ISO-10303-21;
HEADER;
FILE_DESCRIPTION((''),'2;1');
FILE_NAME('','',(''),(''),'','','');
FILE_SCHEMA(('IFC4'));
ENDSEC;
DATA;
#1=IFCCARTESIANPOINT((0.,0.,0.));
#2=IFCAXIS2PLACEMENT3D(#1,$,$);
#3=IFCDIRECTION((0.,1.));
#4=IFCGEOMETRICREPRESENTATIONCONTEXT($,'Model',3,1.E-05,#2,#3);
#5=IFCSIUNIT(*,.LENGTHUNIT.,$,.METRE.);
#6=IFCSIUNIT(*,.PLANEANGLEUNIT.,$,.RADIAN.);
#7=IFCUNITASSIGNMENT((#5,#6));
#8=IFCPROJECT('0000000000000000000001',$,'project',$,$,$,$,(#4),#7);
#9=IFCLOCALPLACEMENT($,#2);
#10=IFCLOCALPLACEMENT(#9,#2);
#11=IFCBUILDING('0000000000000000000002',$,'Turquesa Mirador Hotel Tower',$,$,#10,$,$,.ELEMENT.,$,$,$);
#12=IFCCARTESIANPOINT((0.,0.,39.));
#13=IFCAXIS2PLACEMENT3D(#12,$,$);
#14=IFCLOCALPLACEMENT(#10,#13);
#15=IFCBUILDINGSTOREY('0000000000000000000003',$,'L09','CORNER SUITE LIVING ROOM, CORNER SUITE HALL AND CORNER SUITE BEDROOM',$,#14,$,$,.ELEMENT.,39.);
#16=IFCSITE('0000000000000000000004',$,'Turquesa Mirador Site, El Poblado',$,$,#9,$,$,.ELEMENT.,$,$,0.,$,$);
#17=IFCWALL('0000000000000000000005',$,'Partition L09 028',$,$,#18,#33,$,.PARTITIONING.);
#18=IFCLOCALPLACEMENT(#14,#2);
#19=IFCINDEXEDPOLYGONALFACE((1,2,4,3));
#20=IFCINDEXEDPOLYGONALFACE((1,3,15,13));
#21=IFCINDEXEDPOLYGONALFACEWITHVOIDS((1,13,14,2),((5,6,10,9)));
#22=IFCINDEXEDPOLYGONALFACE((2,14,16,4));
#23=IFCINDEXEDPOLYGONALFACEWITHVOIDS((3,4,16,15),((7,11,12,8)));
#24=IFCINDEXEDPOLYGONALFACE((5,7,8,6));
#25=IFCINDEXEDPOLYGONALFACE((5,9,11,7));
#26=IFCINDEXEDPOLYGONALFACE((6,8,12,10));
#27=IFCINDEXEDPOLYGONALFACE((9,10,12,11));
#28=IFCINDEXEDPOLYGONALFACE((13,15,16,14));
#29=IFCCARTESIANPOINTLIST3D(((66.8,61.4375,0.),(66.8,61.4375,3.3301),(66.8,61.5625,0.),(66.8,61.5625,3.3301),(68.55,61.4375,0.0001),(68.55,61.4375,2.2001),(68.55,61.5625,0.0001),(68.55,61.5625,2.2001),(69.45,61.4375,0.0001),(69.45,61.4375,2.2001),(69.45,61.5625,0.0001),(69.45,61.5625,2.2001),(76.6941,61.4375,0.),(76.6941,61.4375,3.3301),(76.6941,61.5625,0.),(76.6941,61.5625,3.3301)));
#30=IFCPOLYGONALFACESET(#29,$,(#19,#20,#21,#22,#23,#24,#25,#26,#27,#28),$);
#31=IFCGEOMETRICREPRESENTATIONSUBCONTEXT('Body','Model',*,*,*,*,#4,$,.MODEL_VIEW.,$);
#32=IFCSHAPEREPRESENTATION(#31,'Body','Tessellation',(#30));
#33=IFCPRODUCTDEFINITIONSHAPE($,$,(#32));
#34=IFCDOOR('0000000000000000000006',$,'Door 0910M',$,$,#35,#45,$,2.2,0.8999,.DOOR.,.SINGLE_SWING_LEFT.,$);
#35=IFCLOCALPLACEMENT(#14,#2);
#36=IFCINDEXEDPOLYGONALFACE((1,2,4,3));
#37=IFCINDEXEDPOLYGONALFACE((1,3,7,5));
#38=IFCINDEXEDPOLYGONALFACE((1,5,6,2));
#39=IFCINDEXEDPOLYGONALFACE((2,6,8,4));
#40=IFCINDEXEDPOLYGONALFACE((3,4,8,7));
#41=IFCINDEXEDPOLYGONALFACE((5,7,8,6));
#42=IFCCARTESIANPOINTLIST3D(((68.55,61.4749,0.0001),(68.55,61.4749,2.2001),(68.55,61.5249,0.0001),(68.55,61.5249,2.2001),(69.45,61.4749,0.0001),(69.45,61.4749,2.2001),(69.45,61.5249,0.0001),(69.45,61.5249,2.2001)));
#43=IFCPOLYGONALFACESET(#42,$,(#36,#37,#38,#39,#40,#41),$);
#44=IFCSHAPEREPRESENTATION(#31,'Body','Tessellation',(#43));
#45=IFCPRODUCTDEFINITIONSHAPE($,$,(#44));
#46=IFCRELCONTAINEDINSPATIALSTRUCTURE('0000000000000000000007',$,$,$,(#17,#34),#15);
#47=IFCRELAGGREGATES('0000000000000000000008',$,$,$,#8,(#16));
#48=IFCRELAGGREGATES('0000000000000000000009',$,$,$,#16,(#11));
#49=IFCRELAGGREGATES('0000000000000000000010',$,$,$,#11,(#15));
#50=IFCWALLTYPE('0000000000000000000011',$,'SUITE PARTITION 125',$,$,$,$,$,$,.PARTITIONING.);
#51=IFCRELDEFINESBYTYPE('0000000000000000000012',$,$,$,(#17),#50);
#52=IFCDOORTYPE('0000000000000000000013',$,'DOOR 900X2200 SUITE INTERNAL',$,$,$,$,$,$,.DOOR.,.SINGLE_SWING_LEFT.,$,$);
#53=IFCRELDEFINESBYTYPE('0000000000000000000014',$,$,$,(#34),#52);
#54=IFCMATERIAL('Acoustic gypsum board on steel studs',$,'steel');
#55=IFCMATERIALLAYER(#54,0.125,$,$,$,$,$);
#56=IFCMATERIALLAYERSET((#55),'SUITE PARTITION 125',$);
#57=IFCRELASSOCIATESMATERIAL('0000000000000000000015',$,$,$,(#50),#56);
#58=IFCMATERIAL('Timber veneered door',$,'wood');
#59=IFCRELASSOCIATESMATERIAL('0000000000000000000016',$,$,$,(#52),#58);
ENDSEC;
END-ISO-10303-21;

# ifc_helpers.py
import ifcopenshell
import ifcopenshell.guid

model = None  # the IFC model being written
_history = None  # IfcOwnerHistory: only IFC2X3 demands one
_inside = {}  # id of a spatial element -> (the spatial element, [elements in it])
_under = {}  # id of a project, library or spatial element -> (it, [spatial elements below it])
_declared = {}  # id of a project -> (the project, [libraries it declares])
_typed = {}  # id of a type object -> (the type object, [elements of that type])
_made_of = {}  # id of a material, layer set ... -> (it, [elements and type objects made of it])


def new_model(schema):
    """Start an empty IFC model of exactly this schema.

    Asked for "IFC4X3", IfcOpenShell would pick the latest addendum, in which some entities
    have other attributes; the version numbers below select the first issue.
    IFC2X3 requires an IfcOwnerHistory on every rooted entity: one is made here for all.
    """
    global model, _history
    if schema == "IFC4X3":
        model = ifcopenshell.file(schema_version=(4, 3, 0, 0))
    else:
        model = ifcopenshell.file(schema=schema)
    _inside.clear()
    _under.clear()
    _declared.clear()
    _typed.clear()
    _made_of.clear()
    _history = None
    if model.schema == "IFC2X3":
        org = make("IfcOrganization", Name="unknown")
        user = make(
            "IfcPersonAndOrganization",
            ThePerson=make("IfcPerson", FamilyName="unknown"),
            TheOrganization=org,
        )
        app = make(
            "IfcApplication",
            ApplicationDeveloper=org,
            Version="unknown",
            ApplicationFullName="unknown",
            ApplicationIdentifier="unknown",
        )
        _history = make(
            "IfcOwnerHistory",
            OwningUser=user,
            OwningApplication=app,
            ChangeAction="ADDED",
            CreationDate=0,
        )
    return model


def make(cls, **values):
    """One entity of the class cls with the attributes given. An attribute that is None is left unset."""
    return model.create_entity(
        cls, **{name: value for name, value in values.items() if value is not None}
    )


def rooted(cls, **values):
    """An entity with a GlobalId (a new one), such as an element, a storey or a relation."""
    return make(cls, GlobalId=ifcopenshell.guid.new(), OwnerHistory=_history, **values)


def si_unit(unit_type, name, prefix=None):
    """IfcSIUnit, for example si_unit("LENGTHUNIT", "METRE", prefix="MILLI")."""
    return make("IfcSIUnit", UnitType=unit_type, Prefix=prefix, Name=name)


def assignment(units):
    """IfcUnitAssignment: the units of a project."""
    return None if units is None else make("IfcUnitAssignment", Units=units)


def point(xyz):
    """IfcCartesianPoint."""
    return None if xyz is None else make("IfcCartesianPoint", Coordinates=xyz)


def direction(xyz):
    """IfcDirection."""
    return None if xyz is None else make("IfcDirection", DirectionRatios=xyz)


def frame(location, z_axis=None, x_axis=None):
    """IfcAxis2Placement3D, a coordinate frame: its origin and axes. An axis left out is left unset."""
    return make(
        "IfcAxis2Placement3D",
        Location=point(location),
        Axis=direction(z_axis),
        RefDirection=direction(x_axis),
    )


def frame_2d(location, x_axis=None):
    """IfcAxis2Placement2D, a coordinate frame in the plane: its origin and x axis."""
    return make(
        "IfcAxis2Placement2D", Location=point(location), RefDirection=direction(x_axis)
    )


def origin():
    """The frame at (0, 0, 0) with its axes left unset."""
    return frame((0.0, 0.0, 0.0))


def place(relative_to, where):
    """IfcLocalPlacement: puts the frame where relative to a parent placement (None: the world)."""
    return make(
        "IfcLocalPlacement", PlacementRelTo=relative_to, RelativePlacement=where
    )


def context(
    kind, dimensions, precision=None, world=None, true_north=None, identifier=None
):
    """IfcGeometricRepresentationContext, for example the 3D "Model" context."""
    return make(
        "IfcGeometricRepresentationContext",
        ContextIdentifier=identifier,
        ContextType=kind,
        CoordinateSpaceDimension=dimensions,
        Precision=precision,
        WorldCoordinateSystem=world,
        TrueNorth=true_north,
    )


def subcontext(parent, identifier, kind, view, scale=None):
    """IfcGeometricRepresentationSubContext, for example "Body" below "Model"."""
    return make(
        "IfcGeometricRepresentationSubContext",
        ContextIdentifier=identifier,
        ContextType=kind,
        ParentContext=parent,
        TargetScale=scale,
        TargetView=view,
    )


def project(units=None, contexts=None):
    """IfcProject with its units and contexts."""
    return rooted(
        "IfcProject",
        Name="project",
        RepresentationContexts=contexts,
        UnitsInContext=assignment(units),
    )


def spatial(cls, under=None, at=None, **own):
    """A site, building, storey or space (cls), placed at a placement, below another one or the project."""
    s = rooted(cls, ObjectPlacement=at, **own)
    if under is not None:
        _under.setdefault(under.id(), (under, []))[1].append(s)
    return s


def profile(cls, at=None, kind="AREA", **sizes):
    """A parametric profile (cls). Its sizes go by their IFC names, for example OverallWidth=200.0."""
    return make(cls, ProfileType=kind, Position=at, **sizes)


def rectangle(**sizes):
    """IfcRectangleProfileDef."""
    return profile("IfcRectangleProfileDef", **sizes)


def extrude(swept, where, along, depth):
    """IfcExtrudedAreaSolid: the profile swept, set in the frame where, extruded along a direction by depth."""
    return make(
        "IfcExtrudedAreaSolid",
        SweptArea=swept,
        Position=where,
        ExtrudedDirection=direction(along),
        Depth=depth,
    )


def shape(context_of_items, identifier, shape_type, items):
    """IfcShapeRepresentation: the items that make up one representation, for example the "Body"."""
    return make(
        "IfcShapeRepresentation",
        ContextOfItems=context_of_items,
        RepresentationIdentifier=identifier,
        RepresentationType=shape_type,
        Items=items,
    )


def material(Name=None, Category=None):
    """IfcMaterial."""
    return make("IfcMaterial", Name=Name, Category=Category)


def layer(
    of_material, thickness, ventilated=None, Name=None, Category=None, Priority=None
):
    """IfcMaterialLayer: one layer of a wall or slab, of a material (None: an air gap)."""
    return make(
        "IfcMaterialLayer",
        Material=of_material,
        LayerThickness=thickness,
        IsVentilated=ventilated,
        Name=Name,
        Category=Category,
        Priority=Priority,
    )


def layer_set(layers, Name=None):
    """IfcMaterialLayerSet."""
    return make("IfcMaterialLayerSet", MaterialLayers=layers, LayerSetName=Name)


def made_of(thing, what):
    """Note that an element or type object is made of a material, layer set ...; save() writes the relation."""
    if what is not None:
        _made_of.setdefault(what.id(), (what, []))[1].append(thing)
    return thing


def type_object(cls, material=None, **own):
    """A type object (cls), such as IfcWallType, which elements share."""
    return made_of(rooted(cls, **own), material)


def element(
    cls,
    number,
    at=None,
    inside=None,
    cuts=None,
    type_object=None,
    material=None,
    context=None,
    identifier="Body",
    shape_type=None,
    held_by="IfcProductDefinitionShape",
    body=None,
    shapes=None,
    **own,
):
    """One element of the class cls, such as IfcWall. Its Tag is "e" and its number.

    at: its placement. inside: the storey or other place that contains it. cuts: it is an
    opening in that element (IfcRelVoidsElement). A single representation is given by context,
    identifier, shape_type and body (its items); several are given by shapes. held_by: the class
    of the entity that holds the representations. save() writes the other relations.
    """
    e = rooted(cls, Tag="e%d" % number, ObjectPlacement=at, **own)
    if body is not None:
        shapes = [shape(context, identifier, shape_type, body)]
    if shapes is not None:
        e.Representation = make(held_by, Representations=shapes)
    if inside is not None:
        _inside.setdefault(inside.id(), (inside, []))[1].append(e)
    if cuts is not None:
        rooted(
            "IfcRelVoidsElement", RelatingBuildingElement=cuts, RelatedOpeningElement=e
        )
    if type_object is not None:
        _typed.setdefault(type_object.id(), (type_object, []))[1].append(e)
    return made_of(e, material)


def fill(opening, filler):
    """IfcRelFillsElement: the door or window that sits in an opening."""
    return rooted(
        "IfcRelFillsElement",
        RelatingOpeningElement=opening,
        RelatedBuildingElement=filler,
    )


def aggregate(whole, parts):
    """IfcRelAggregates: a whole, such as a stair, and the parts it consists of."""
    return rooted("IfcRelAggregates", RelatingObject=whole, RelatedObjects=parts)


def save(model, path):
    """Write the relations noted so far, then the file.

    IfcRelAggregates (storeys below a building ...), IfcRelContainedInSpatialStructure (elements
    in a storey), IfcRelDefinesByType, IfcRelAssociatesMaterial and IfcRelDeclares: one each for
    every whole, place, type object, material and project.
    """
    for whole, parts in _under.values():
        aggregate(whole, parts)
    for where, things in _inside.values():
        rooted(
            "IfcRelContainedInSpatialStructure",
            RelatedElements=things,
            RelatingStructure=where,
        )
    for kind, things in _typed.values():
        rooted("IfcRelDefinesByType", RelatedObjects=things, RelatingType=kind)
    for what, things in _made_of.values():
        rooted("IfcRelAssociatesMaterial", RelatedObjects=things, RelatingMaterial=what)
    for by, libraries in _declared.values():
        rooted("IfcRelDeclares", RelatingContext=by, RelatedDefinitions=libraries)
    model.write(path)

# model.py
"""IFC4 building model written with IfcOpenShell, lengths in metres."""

from ifc_helpers import new_model, si_unit, direction, frame, frame_2d, origin, place, context, subcontext, project, spatial, rectangle, extrude, material, layer, layer_set, type_object, element, fill, save


model = new_model("IFC4")

# Units and contexts
model_context = context("Model", 3, precision=1e-05, world=origin(), true_north=direction((0.0, 1.0)))
body_context = subcontext(model_context, "Body", "Model", "MODEL_VIEW")
ifc_project = project(units=[si_unit("LENGTHUNIT", "METRE"), si_unit("PLANEANGLEUNIT", "RADIAN")], contexts=[model_context])

# Site, building, storey
site_placement = place(None, origin())
site = spatial("IfcSite", under=ifc_project, at=site_placement, Name="Turquesa Mirador Site, El Poblado", CompositionType="ELEMENT", RefElevation=0.0)
building_placement = place(site_placement, origin())
building = spatial("IfcBuilding", under=site, at=building_placement, Name="Turquesa Mirador Hotel Tower", CompositionType="ELEMENT")
storey_placement = place(building_placement, frame((0.0, 0.0, 39.0)))
storey = spatial("IfcBuildingStorey", under=building, at=storey_placement, Name="L09", Description="CORNER SUITE LIVING ROOM, CORNER SUITE HALL AND CORNER SUITE BEDROOM", CompositionType="ELEMENT", Elevation=39.0)

# Wall, opening, door
ifc_material_1 = material(Name="Acoustic gypsum board on steel studs", Category="steel")
ifc_layer_1 = layer(ifc_material_1, 0.125)
ifc_layer_set_1 = layer_set([ifc_layer_1], Name="SUITE PARTITION 125")
wall_type_1 = type_object("IfcWallType", Name="SUITE PARTITION 125", PredefinedType="PARTITIONING", material=ifc_layer_set_1)
ifc_material_2 = material(Name="Timber veneered door", Category="wood")
door_type = type_object("IfcDoorType", Name="DOOR 900X2200 SUITE INTERNAL", OperationType="SINGLE_SWING_LEFT", PredefinedType="DOOR", material=ifc_material_2)
wall_1_placement = place(storey_placement, frame((66.8, 61.5, 0.0), z_axis=(0.0, 0.0, 1.0), x_axis=(1.0, 0.0, 0.0)))
wall_1 = element("IfcWall", 1, at=wall_1_placement, inside=storey, type_object=wall_type_1, Name="Partition L09 028", PredefinedType="PARTITIONING", context=body_context, shape_type="SweptSolid", body=[
    extrude(rectangle(XDim=9.894, YDim=0.125, at=frame_2d((4.947, 0.0))), origin(), (0.0, 0.0, 1.0), 3.3301),
])
opening_1_placement = place(wall_1_placement, frame((1.75, 0.0, 0.0)))
opening_1 = element("IfcOpeningElement", 2, at=opening_1_placement, cuts=wall_1, PredefinedType="OPENING", context=body_context, shape_type="SweptSolid", body=[
    extrude(rectangle(XDim=0.8999, YDim=2.2, at=frame_2d((0.45, 1.1001))), frame((0.0, 0.0725, 0.0), z_axis=(0.0, -1.0, 0.0), x_axis=(1.0, 0.0, 0.0)), (0.0, 0.0, 1.0), 0.145),
])
door_1_placement = place(opening_1_placement, origin())
door_1 = element("IfcDoor", 3, at=door_1_placement, inside=storey, type_object=door_type, Name="Door 0910M", OperationType="SINGLE_SWING_LEFT", OverallHeight=2.2, OverallWidth=0.8999, PredefinedType="DOOR", context=body_context, shape_type="SweptSolid", body=[
    extrude(rectangle(XDim=0.8999, YDim=2.2, at=frame_2d((0.45, 1.1001))), frame((0.0, 0.0249, 0.0), z_axis=(0.0, -1.0, 0.0), x_axis=(1.0, 0.0, 0.0)), (0.0, 0.0, 1.0), 0.05),
])
fill(opening_1, door_1)

save(model, "model.ifc")
